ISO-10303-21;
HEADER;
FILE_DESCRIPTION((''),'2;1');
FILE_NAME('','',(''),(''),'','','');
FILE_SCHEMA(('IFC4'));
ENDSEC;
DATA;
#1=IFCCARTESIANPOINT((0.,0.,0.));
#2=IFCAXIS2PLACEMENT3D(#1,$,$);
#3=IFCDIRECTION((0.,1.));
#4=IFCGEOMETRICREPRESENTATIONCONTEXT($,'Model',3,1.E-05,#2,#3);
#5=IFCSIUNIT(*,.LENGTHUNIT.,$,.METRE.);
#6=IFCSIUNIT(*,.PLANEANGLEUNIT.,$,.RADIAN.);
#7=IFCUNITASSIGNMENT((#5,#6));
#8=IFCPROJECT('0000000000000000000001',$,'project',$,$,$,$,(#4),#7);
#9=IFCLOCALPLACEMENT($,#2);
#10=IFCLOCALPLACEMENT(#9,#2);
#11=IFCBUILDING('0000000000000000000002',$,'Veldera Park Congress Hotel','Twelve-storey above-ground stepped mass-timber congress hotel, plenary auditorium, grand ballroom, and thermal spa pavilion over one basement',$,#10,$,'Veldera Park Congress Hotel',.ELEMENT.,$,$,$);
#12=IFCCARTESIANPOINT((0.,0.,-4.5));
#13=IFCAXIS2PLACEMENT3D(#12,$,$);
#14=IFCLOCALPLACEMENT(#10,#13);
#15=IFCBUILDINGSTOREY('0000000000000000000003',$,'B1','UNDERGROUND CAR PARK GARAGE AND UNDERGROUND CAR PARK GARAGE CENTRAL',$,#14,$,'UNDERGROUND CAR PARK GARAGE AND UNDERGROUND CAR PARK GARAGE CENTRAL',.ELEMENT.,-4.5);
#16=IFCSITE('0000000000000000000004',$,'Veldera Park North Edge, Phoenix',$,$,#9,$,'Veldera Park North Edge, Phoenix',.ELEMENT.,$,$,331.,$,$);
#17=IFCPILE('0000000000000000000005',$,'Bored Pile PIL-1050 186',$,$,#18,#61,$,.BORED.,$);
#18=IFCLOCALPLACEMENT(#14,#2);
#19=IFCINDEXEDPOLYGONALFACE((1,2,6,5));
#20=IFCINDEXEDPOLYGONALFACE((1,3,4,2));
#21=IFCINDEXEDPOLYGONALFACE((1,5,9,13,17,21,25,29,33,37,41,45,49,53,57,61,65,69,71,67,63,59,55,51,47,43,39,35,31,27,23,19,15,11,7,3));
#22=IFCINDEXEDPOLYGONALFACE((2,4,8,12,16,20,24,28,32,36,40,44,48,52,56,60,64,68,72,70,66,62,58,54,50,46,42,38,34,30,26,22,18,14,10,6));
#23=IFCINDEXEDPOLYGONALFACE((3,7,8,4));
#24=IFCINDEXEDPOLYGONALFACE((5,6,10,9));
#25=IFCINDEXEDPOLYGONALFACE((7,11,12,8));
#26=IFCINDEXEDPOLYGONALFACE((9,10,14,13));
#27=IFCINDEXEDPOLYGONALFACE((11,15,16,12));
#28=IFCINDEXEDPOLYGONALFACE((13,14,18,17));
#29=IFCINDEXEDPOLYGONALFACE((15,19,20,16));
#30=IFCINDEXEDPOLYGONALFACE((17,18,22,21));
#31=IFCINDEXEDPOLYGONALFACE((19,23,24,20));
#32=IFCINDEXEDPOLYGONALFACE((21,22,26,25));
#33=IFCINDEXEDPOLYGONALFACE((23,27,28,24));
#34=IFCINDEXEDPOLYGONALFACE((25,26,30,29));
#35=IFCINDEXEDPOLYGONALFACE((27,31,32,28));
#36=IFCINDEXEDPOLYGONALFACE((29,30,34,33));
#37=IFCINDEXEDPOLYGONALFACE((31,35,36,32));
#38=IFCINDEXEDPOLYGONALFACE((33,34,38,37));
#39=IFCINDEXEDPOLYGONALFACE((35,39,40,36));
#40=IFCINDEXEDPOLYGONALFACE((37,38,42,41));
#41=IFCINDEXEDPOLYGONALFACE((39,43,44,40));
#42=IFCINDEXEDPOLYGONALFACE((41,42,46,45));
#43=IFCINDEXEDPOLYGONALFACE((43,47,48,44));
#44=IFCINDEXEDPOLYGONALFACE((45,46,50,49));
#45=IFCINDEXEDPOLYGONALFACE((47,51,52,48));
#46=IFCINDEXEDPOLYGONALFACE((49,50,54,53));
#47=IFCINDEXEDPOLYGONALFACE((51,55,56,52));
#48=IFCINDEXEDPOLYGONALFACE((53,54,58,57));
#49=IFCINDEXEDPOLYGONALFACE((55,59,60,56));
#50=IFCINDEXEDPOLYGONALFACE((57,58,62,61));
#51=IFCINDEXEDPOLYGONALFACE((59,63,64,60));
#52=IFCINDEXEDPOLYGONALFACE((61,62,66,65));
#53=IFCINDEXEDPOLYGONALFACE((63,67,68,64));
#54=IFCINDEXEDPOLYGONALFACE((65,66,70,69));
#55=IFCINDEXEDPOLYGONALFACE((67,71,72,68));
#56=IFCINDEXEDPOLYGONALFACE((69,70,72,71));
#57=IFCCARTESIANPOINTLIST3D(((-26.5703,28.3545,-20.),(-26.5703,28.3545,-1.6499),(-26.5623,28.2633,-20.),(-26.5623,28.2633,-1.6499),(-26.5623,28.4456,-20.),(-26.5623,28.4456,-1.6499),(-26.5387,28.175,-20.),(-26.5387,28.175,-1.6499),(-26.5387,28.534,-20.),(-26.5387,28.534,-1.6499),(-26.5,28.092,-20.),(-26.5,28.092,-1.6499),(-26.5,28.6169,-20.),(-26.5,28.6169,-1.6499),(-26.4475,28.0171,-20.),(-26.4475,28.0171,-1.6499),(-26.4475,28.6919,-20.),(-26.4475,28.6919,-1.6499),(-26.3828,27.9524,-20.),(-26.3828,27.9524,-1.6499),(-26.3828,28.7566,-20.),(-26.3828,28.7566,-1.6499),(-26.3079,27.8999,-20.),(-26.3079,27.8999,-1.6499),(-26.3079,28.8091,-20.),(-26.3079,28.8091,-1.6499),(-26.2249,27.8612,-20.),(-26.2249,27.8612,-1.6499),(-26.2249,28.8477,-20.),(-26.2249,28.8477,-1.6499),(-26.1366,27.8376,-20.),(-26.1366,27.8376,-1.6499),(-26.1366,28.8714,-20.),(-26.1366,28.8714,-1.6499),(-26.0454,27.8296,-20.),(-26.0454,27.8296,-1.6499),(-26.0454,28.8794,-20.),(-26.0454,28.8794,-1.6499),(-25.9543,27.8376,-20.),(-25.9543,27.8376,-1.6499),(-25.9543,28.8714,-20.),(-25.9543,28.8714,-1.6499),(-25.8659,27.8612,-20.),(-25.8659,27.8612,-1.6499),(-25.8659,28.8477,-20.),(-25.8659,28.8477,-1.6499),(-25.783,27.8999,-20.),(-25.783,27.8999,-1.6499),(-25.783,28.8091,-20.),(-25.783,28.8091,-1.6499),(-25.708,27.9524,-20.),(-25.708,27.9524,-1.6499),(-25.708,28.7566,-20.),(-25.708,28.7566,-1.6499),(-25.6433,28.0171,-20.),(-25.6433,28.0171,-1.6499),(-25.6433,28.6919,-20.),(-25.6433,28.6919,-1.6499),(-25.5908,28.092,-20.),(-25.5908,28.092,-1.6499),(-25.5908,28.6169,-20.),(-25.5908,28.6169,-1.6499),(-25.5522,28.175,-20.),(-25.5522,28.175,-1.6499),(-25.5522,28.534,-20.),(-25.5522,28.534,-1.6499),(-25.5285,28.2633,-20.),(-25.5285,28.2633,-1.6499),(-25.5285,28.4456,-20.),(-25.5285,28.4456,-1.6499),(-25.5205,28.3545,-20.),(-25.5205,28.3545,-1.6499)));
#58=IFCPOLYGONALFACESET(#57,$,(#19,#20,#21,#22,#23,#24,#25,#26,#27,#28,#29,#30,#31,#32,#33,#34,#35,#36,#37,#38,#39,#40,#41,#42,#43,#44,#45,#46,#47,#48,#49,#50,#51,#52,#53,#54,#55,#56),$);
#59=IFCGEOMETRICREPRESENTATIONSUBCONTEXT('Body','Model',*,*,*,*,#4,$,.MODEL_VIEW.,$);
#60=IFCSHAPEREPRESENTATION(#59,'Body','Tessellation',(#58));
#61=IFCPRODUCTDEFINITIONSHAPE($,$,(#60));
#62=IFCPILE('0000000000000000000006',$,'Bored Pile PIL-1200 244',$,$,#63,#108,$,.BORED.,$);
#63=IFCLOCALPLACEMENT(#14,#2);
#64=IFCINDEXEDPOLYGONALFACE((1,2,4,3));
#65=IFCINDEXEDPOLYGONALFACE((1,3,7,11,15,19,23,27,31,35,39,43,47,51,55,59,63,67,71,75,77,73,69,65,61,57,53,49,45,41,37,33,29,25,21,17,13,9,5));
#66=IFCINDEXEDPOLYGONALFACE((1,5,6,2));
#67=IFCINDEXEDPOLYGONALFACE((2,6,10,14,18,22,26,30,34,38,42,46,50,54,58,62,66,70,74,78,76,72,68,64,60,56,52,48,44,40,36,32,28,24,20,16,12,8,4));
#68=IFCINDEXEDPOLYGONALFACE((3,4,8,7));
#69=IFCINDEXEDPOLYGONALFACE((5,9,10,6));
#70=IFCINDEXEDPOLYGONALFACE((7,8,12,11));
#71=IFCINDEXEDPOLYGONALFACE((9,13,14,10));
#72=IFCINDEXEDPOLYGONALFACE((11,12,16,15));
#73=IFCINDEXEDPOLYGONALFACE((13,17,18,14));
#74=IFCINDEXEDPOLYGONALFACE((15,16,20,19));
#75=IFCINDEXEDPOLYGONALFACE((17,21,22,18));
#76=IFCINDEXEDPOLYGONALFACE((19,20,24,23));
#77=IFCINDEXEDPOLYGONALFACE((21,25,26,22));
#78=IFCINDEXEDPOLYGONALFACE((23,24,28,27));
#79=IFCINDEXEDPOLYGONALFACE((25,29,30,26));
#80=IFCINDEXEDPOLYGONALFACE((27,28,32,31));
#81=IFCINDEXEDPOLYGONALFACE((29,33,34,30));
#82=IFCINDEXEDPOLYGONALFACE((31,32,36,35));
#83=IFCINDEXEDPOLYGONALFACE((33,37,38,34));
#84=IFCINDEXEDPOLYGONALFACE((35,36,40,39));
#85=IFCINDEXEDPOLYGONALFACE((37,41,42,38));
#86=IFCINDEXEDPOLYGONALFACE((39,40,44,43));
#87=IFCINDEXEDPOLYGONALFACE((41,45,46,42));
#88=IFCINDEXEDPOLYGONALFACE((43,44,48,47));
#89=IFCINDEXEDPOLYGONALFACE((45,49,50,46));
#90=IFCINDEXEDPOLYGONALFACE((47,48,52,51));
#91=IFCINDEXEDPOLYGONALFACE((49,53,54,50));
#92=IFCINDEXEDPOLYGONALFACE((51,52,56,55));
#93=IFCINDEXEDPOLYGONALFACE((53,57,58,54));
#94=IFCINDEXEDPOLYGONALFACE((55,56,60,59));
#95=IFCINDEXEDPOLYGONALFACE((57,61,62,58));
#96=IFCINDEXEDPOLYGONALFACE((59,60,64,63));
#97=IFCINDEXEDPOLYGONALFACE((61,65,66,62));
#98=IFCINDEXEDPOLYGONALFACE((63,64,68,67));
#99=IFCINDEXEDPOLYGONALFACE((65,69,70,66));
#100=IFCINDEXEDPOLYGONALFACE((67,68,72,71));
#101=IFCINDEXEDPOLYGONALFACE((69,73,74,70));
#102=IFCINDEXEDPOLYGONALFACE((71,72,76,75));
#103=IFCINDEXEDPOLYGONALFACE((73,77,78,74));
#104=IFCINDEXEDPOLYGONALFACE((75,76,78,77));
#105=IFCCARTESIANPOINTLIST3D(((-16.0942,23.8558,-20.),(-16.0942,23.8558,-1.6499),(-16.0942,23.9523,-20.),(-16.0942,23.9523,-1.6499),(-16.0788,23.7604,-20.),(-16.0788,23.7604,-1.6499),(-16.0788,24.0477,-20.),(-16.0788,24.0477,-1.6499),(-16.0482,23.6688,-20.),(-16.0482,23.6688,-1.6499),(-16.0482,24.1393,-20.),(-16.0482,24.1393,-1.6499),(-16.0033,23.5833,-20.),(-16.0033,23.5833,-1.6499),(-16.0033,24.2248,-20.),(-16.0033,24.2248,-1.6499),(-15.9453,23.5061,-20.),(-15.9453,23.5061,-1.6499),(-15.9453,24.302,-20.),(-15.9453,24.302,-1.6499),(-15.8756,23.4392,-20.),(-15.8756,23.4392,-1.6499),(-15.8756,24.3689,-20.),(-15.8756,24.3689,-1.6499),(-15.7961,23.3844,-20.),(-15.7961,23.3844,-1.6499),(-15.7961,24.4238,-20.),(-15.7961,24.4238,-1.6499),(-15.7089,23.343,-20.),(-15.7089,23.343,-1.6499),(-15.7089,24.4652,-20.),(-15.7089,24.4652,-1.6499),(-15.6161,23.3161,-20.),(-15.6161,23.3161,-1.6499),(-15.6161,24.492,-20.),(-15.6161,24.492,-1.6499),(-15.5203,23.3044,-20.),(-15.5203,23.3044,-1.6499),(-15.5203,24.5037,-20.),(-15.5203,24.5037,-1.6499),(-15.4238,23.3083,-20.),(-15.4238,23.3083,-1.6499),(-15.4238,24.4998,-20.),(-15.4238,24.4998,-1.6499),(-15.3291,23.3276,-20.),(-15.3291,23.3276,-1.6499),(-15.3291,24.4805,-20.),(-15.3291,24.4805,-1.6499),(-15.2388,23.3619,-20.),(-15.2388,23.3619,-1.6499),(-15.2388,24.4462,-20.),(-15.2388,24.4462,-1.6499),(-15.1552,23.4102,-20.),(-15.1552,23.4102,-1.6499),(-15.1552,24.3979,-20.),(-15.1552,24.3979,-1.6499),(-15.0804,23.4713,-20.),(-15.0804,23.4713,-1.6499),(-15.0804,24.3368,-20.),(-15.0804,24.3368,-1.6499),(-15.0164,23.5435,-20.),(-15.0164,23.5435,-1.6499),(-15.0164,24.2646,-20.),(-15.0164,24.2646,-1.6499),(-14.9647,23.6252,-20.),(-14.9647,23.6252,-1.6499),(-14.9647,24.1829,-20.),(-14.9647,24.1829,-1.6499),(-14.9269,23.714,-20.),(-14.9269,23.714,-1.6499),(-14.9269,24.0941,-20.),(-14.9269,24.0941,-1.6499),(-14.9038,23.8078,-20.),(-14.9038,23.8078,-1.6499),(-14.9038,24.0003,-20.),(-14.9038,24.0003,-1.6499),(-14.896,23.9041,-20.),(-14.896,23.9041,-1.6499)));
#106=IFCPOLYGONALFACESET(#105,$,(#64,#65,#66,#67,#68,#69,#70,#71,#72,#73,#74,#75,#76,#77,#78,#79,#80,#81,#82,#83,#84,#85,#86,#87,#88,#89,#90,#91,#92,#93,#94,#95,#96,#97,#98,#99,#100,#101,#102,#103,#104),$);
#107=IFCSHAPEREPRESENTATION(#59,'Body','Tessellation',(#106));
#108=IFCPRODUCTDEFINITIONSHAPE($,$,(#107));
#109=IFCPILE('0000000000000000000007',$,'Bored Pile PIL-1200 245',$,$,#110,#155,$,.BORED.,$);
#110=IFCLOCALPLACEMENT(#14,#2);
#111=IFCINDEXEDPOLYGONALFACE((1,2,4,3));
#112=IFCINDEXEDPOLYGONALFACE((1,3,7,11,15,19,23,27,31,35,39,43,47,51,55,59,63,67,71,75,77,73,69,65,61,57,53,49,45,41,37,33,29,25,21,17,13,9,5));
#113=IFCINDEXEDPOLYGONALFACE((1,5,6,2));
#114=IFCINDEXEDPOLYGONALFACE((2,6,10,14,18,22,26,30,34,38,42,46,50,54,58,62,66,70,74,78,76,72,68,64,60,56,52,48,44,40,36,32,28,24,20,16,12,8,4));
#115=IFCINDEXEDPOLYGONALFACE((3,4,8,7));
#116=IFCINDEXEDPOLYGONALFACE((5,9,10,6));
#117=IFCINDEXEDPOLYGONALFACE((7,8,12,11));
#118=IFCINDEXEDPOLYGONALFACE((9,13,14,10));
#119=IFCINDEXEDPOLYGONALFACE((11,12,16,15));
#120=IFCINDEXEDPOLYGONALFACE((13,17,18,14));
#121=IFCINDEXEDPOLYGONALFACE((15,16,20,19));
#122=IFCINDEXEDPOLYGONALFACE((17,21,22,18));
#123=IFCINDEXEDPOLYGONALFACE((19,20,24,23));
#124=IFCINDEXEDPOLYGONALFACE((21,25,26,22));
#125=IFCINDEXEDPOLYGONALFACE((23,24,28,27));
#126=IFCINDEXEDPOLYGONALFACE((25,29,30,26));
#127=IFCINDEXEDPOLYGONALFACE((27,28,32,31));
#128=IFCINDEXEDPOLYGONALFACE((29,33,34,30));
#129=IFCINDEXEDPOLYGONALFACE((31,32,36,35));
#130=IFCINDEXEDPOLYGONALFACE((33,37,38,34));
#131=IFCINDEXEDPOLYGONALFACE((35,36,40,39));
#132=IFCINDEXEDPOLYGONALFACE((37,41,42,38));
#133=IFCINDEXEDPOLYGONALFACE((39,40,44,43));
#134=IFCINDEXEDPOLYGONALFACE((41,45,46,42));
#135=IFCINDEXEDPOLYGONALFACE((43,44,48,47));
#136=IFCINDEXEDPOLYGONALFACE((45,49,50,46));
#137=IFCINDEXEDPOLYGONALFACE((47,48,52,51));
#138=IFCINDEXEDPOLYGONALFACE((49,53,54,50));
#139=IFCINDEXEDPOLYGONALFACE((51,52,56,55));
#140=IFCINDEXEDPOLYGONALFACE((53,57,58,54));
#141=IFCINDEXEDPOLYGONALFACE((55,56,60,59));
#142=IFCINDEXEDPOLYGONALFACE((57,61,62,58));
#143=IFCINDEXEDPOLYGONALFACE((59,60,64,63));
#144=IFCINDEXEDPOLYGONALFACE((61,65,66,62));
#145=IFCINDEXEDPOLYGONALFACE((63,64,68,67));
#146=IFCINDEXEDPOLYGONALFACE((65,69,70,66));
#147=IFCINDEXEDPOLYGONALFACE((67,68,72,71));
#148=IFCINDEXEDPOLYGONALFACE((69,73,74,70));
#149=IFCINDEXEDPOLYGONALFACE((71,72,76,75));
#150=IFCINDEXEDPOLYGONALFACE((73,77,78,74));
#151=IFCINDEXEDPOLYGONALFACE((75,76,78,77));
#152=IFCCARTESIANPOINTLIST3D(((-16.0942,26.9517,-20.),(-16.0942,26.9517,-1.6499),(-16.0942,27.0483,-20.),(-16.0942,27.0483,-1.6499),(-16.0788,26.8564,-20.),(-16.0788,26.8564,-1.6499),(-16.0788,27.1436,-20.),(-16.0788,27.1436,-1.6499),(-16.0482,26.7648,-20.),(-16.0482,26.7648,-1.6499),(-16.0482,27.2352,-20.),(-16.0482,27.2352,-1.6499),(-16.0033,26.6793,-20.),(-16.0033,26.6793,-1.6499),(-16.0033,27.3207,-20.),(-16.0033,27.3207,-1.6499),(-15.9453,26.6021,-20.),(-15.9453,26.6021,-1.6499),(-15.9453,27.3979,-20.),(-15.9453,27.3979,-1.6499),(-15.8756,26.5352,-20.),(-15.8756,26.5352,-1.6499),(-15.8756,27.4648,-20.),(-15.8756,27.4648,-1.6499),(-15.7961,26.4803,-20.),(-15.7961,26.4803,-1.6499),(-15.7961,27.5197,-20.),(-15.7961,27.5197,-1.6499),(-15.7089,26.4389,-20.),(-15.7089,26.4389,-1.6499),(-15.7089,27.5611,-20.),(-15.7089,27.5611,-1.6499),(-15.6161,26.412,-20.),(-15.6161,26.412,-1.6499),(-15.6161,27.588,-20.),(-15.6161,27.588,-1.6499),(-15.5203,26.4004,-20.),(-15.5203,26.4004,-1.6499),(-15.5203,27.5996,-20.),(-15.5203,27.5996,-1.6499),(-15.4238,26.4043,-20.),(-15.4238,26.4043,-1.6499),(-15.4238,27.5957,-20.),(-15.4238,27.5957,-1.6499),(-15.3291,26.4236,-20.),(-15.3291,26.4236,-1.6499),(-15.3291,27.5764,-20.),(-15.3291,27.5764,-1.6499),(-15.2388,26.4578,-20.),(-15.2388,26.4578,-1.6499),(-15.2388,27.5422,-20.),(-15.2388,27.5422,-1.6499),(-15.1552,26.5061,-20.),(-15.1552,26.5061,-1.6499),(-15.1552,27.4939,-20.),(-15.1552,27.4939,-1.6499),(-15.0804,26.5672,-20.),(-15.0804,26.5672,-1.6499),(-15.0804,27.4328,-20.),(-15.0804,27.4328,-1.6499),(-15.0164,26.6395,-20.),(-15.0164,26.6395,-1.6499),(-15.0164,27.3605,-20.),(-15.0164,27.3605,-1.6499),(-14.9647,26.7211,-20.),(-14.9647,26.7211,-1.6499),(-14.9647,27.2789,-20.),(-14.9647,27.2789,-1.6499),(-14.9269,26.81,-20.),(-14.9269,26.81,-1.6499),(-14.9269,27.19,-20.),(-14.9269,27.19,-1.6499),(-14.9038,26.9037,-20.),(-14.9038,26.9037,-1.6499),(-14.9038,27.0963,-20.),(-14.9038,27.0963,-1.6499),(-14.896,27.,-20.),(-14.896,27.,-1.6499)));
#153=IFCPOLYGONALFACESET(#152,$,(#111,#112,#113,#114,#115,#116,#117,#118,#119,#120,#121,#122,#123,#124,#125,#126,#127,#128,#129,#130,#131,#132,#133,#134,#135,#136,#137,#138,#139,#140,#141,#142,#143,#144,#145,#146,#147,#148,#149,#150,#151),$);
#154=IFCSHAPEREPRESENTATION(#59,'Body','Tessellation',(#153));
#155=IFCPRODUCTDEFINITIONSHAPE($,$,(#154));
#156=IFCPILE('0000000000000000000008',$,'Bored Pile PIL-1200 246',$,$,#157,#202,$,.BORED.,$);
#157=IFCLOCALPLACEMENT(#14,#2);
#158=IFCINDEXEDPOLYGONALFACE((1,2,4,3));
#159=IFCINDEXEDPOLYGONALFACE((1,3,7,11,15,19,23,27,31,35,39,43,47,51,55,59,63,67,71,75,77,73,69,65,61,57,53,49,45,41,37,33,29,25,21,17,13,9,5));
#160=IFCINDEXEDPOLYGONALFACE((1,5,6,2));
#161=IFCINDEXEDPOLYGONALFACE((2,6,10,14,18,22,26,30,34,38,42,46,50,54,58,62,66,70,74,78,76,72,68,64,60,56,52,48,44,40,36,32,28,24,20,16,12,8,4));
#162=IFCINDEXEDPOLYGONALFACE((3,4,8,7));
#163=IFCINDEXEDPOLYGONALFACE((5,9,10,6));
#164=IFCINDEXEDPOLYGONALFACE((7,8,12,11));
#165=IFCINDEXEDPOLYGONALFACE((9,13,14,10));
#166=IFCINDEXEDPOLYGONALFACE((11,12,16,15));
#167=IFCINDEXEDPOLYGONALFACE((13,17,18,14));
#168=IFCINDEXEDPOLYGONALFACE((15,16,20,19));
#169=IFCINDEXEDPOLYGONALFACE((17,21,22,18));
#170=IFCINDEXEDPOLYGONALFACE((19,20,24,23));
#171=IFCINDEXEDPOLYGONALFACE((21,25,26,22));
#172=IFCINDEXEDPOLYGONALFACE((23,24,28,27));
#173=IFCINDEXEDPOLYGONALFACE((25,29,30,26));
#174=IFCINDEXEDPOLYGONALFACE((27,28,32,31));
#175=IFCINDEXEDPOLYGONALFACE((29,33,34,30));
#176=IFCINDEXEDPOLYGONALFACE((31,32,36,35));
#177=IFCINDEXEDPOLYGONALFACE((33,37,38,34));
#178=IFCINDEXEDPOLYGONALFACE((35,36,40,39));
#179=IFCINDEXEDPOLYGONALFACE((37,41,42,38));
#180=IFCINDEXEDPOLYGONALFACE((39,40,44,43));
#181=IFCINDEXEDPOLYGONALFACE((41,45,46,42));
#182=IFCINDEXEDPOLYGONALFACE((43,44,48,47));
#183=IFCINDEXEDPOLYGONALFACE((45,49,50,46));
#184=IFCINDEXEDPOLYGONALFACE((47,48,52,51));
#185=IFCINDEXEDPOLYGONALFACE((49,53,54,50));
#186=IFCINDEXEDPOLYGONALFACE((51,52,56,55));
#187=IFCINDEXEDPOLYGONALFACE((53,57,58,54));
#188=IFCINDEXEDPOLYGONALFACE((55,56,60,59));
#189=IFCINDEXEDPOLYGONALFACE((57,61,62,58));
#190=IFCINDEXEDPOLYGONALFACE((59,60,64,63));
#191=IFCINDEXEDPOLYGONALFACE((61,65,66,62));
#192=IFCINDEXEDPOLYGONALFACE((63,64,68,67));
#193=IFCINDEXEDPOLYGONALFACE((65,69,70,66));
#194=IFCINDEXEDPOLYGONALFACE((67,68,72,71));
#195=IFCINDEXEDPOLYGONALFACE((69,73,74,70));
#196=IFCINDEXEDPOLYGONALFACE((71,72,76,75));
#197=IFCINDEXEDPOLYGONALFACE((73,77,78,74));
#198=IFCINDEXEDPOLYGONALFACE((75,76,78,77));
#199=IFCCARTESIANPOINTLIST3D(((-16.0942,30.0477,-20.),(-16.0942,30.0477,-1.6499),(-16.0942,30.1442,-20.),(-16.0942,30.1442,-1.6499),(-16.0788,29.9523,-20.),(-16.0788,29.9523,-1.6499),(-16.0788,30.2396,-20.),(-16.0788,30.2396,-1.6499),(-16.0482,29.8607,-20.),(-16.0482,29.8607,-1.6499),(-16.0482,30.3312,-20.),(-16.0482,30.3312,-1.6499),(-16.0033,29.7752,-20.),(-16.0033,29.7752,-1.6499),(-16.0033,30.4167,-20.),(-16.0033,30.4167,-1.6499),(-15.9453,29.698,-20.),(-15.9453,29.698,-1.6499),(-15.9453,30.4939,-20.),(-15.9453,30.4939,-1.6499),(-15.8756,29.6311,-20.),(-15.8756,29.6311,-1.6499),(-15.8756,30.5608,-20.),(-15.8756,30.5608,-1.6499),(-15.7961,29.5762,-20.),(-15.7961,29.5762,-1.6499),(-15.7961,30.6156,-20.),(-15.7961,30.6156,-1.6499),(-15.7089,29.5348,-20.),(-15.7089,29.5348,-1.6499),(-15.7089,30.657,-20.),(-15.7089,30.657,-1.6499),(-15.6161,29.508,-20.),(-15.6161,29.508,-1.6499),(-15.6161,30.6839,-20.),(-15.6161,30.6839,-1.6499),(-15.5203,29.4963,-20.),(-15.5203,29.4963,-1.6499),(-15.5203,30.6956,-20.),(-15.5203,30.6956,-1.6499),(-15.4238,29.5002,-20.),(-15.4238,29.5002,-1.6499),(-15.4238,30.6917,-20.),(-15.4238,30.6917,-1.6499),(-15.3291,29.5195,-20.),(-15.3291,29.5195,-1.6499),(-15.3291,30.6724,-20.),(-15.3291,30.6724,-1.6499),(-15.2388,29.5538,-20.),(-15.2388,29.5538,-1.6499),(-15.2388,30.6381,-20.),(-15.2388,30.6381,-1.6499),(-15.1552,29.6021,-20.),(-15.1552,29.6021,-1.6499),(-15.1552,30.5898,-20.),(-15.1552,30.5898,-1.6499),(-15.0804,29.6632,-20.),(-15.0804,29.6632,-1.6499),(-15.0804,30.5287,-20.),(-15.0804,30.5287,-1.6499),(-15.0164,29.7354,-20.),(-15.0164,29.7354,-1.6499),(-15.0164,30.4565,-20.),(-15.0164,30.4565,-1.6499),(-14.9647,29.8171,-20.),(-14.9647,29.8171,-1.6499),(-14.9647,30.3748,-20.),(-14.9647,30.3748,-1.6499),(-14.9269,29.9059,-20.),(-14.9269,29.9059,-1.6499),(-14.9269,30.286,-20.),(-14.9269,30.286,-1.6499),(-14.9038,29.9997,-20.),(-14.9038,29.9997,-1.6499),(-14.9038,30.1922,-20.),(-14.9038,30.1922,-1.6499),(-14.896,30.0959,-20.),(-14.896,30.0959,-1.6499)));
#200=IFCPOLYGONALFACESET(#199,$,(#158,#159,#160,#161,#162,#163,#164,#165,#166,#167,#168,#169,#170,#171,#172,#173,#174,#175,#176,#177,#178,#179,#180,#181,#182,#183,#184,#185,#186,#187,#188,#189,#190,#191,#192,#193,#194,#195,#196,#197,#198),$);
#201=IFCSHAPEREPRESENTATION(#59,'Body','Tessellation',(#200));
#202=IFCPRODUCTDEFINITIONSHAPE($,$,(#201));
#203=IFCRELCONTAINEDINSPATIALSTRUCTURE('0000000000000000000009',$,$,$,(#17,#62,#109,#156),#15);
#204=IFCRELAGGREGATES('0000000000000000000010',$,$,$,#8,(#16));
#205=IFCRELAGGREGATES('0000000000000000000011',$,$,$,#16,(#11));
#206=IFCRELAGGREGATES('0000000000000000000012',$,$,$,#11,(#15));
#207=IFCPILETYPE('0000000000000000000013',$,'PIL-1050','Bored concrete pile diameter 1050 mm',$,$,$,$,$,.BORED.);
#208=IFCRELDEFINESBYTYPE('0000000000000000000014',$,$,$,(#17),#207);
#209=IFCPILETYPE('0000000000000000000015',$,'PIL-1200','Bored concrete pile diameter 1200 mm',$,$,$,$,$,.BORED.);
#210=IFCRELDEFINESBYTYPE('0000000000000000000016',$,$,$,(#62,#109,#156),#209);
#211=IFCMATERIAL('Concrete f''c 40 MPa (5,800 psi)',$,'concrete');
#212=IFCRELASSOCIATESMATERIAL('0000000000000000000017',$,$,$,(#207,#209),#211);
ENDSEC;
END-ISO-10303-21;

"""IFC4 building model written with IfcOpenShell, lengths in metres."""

from ifc_helpers import new_model, si_unit, direction, frame, origin, origin_2d, place, context, subcontext, project, spatial, circle, extrude, material, material_profile, profile_set, type_object, element, save


model = new_model("IFC4")

# Units and contexts
model_context = context("Model", 3, precision=1e-05, world=origin(), true_north=direction((0.0, 1.0)))
body_context = subcontext(model_context, "Body", "Model", "MODEL_VIEW")
ifc_project = project(units=[si_unit("LENGTHUNIT", "METRE"), si_unit("PLANEANGLEUNIT", "RADIAN")], contexts=[model_context])

# Site, building, storey
site_placement = place(None, origin())
site = spatial("IfcSite", under=ifc_project, at=site_placement, Name="Veldera Park North Edge, Phoenix", LongName="Veldera Park North Edge, Phoenix", CompositionType="ELEMENT", RefElevation=331.0)
building_placement = place(site_placement, origin())
building = spatial("IfcBuilding", under=site, at=building_placement, Name="Veldera Park Congress Hotel", Description="Twelve-storey above-ground stepped mass-timber congress hotel, plenary auditorium, grand ballroom, and thermal spa pavilion over one basement", LongName="Veldera Park Congress Hotel", CompositionType="ELEMENT")
storey_placement = place(building_placement, frame((0.0, 0.0, -4.5)))
storey = spatial("IfcBuildingStorey", under=building, at=storey_placement, Name="B1", Description="UNDERGROUND CAR PARK GARAGE AND UNDERGROUND CAR PARK GARAGE CENTRAL", LongName="UNDERGROUND CAR PARK GARAGE AND UNDERGROUND CAR PARK GARAGE CENTRAL", CompositionType="ELEMENT", Elevation=-4.5)

# Shared definitions
ifc_material_1 = material(Name="Concrete f'c 40 MPa (5,800 psi)", Category="concrete")

# Piles
ifc_material_profile_1 = material_profile(ifc_material_1, circle(Radius=0.5249, at=origin_2d()), Name="PILE D1050")
ifc_profile_set_1 = profile_set([ifc_material_profile_1], Name="Concrete f'c 40 MPa (5,800 psi)")
pile_type_1 = type_object("IfcPileType", Name="PIL-1050", Description="Bored concrete pile diameter 1050 mm", PredefinedType="BORED", material=ifc_profile_set_1)
for number, where, z_axis, x_axis, name in (
    (1, (-26.0454, 28.3545, -1.6499), (0.0, 0.0, -1.0), (1.0, 0.0, 0.0), "Bored Pile PIL-1050 186"),
):
    element("IfcPile", number, at=place(storey_placement, frame(where, z_axis=z_axis, x_axis=x_axis)), inside=storey, type_object=pile_type_1, Name=name, PredefinedType="BORED", context=body_context, shape_type="SweptSolid", body=[
        extrude(circle(Radius=0.5249, at=origin_2d()), origin(), (0.0, 0.0, 1.0), 18.3501),
    ])
ifc_material_profile_2 = material_profile(ifc_material_1, circle(Radius=0.6001, at=origin_2d()), Name="PILE D1200")
ifc_profile_set_2 = profile_set([ifc_material_profile_2], Name="Concrete f'c 40 MPa (5,800 psi)")
pile_type_2 = type_object("IfcPileType", Name="PIL-1200", Description="Bored concrete pile diameter 1200 mm", PredefinedType="BORED", material=ifc_profile_set_2)
for number, where, z_axis, x_axis, name in (
    (2, (-15.4961, 23.9041, -1.6499), (0.0, 0.0, -1.0), (1.0, 0.0, 0.0), "Bored Pile PIL-1200 244"),
    (3, (-15.4961, 27.0, -1.6499), (0.0, 0.0, -1.0), (1.0, 0.0, 0.0), "Bored Pile PIL-1200 245"),
    (4, (-15.4961, 30.0959, -1.6499), (0.0, 0.0, -1.0), (1.0, 0.0, 0.0), "Bored Pile PIL-1200 246"),
):
    element("IfcPile", number, at=place(storey_placement, frame(where, z_axis=z_axis, x_axis=x_axis)), inside=storey, type_object=pile_type_2, Name=name, PredefinedType="BORED", context=body_context, shape_type="SweptSolid", body=[
        extrude(circle(Radius=0.6001, at=origin_2d()), origin(), (0.0, 0.0, 1.0), 18.3501),
    ])

save(model, "model.ifc")
